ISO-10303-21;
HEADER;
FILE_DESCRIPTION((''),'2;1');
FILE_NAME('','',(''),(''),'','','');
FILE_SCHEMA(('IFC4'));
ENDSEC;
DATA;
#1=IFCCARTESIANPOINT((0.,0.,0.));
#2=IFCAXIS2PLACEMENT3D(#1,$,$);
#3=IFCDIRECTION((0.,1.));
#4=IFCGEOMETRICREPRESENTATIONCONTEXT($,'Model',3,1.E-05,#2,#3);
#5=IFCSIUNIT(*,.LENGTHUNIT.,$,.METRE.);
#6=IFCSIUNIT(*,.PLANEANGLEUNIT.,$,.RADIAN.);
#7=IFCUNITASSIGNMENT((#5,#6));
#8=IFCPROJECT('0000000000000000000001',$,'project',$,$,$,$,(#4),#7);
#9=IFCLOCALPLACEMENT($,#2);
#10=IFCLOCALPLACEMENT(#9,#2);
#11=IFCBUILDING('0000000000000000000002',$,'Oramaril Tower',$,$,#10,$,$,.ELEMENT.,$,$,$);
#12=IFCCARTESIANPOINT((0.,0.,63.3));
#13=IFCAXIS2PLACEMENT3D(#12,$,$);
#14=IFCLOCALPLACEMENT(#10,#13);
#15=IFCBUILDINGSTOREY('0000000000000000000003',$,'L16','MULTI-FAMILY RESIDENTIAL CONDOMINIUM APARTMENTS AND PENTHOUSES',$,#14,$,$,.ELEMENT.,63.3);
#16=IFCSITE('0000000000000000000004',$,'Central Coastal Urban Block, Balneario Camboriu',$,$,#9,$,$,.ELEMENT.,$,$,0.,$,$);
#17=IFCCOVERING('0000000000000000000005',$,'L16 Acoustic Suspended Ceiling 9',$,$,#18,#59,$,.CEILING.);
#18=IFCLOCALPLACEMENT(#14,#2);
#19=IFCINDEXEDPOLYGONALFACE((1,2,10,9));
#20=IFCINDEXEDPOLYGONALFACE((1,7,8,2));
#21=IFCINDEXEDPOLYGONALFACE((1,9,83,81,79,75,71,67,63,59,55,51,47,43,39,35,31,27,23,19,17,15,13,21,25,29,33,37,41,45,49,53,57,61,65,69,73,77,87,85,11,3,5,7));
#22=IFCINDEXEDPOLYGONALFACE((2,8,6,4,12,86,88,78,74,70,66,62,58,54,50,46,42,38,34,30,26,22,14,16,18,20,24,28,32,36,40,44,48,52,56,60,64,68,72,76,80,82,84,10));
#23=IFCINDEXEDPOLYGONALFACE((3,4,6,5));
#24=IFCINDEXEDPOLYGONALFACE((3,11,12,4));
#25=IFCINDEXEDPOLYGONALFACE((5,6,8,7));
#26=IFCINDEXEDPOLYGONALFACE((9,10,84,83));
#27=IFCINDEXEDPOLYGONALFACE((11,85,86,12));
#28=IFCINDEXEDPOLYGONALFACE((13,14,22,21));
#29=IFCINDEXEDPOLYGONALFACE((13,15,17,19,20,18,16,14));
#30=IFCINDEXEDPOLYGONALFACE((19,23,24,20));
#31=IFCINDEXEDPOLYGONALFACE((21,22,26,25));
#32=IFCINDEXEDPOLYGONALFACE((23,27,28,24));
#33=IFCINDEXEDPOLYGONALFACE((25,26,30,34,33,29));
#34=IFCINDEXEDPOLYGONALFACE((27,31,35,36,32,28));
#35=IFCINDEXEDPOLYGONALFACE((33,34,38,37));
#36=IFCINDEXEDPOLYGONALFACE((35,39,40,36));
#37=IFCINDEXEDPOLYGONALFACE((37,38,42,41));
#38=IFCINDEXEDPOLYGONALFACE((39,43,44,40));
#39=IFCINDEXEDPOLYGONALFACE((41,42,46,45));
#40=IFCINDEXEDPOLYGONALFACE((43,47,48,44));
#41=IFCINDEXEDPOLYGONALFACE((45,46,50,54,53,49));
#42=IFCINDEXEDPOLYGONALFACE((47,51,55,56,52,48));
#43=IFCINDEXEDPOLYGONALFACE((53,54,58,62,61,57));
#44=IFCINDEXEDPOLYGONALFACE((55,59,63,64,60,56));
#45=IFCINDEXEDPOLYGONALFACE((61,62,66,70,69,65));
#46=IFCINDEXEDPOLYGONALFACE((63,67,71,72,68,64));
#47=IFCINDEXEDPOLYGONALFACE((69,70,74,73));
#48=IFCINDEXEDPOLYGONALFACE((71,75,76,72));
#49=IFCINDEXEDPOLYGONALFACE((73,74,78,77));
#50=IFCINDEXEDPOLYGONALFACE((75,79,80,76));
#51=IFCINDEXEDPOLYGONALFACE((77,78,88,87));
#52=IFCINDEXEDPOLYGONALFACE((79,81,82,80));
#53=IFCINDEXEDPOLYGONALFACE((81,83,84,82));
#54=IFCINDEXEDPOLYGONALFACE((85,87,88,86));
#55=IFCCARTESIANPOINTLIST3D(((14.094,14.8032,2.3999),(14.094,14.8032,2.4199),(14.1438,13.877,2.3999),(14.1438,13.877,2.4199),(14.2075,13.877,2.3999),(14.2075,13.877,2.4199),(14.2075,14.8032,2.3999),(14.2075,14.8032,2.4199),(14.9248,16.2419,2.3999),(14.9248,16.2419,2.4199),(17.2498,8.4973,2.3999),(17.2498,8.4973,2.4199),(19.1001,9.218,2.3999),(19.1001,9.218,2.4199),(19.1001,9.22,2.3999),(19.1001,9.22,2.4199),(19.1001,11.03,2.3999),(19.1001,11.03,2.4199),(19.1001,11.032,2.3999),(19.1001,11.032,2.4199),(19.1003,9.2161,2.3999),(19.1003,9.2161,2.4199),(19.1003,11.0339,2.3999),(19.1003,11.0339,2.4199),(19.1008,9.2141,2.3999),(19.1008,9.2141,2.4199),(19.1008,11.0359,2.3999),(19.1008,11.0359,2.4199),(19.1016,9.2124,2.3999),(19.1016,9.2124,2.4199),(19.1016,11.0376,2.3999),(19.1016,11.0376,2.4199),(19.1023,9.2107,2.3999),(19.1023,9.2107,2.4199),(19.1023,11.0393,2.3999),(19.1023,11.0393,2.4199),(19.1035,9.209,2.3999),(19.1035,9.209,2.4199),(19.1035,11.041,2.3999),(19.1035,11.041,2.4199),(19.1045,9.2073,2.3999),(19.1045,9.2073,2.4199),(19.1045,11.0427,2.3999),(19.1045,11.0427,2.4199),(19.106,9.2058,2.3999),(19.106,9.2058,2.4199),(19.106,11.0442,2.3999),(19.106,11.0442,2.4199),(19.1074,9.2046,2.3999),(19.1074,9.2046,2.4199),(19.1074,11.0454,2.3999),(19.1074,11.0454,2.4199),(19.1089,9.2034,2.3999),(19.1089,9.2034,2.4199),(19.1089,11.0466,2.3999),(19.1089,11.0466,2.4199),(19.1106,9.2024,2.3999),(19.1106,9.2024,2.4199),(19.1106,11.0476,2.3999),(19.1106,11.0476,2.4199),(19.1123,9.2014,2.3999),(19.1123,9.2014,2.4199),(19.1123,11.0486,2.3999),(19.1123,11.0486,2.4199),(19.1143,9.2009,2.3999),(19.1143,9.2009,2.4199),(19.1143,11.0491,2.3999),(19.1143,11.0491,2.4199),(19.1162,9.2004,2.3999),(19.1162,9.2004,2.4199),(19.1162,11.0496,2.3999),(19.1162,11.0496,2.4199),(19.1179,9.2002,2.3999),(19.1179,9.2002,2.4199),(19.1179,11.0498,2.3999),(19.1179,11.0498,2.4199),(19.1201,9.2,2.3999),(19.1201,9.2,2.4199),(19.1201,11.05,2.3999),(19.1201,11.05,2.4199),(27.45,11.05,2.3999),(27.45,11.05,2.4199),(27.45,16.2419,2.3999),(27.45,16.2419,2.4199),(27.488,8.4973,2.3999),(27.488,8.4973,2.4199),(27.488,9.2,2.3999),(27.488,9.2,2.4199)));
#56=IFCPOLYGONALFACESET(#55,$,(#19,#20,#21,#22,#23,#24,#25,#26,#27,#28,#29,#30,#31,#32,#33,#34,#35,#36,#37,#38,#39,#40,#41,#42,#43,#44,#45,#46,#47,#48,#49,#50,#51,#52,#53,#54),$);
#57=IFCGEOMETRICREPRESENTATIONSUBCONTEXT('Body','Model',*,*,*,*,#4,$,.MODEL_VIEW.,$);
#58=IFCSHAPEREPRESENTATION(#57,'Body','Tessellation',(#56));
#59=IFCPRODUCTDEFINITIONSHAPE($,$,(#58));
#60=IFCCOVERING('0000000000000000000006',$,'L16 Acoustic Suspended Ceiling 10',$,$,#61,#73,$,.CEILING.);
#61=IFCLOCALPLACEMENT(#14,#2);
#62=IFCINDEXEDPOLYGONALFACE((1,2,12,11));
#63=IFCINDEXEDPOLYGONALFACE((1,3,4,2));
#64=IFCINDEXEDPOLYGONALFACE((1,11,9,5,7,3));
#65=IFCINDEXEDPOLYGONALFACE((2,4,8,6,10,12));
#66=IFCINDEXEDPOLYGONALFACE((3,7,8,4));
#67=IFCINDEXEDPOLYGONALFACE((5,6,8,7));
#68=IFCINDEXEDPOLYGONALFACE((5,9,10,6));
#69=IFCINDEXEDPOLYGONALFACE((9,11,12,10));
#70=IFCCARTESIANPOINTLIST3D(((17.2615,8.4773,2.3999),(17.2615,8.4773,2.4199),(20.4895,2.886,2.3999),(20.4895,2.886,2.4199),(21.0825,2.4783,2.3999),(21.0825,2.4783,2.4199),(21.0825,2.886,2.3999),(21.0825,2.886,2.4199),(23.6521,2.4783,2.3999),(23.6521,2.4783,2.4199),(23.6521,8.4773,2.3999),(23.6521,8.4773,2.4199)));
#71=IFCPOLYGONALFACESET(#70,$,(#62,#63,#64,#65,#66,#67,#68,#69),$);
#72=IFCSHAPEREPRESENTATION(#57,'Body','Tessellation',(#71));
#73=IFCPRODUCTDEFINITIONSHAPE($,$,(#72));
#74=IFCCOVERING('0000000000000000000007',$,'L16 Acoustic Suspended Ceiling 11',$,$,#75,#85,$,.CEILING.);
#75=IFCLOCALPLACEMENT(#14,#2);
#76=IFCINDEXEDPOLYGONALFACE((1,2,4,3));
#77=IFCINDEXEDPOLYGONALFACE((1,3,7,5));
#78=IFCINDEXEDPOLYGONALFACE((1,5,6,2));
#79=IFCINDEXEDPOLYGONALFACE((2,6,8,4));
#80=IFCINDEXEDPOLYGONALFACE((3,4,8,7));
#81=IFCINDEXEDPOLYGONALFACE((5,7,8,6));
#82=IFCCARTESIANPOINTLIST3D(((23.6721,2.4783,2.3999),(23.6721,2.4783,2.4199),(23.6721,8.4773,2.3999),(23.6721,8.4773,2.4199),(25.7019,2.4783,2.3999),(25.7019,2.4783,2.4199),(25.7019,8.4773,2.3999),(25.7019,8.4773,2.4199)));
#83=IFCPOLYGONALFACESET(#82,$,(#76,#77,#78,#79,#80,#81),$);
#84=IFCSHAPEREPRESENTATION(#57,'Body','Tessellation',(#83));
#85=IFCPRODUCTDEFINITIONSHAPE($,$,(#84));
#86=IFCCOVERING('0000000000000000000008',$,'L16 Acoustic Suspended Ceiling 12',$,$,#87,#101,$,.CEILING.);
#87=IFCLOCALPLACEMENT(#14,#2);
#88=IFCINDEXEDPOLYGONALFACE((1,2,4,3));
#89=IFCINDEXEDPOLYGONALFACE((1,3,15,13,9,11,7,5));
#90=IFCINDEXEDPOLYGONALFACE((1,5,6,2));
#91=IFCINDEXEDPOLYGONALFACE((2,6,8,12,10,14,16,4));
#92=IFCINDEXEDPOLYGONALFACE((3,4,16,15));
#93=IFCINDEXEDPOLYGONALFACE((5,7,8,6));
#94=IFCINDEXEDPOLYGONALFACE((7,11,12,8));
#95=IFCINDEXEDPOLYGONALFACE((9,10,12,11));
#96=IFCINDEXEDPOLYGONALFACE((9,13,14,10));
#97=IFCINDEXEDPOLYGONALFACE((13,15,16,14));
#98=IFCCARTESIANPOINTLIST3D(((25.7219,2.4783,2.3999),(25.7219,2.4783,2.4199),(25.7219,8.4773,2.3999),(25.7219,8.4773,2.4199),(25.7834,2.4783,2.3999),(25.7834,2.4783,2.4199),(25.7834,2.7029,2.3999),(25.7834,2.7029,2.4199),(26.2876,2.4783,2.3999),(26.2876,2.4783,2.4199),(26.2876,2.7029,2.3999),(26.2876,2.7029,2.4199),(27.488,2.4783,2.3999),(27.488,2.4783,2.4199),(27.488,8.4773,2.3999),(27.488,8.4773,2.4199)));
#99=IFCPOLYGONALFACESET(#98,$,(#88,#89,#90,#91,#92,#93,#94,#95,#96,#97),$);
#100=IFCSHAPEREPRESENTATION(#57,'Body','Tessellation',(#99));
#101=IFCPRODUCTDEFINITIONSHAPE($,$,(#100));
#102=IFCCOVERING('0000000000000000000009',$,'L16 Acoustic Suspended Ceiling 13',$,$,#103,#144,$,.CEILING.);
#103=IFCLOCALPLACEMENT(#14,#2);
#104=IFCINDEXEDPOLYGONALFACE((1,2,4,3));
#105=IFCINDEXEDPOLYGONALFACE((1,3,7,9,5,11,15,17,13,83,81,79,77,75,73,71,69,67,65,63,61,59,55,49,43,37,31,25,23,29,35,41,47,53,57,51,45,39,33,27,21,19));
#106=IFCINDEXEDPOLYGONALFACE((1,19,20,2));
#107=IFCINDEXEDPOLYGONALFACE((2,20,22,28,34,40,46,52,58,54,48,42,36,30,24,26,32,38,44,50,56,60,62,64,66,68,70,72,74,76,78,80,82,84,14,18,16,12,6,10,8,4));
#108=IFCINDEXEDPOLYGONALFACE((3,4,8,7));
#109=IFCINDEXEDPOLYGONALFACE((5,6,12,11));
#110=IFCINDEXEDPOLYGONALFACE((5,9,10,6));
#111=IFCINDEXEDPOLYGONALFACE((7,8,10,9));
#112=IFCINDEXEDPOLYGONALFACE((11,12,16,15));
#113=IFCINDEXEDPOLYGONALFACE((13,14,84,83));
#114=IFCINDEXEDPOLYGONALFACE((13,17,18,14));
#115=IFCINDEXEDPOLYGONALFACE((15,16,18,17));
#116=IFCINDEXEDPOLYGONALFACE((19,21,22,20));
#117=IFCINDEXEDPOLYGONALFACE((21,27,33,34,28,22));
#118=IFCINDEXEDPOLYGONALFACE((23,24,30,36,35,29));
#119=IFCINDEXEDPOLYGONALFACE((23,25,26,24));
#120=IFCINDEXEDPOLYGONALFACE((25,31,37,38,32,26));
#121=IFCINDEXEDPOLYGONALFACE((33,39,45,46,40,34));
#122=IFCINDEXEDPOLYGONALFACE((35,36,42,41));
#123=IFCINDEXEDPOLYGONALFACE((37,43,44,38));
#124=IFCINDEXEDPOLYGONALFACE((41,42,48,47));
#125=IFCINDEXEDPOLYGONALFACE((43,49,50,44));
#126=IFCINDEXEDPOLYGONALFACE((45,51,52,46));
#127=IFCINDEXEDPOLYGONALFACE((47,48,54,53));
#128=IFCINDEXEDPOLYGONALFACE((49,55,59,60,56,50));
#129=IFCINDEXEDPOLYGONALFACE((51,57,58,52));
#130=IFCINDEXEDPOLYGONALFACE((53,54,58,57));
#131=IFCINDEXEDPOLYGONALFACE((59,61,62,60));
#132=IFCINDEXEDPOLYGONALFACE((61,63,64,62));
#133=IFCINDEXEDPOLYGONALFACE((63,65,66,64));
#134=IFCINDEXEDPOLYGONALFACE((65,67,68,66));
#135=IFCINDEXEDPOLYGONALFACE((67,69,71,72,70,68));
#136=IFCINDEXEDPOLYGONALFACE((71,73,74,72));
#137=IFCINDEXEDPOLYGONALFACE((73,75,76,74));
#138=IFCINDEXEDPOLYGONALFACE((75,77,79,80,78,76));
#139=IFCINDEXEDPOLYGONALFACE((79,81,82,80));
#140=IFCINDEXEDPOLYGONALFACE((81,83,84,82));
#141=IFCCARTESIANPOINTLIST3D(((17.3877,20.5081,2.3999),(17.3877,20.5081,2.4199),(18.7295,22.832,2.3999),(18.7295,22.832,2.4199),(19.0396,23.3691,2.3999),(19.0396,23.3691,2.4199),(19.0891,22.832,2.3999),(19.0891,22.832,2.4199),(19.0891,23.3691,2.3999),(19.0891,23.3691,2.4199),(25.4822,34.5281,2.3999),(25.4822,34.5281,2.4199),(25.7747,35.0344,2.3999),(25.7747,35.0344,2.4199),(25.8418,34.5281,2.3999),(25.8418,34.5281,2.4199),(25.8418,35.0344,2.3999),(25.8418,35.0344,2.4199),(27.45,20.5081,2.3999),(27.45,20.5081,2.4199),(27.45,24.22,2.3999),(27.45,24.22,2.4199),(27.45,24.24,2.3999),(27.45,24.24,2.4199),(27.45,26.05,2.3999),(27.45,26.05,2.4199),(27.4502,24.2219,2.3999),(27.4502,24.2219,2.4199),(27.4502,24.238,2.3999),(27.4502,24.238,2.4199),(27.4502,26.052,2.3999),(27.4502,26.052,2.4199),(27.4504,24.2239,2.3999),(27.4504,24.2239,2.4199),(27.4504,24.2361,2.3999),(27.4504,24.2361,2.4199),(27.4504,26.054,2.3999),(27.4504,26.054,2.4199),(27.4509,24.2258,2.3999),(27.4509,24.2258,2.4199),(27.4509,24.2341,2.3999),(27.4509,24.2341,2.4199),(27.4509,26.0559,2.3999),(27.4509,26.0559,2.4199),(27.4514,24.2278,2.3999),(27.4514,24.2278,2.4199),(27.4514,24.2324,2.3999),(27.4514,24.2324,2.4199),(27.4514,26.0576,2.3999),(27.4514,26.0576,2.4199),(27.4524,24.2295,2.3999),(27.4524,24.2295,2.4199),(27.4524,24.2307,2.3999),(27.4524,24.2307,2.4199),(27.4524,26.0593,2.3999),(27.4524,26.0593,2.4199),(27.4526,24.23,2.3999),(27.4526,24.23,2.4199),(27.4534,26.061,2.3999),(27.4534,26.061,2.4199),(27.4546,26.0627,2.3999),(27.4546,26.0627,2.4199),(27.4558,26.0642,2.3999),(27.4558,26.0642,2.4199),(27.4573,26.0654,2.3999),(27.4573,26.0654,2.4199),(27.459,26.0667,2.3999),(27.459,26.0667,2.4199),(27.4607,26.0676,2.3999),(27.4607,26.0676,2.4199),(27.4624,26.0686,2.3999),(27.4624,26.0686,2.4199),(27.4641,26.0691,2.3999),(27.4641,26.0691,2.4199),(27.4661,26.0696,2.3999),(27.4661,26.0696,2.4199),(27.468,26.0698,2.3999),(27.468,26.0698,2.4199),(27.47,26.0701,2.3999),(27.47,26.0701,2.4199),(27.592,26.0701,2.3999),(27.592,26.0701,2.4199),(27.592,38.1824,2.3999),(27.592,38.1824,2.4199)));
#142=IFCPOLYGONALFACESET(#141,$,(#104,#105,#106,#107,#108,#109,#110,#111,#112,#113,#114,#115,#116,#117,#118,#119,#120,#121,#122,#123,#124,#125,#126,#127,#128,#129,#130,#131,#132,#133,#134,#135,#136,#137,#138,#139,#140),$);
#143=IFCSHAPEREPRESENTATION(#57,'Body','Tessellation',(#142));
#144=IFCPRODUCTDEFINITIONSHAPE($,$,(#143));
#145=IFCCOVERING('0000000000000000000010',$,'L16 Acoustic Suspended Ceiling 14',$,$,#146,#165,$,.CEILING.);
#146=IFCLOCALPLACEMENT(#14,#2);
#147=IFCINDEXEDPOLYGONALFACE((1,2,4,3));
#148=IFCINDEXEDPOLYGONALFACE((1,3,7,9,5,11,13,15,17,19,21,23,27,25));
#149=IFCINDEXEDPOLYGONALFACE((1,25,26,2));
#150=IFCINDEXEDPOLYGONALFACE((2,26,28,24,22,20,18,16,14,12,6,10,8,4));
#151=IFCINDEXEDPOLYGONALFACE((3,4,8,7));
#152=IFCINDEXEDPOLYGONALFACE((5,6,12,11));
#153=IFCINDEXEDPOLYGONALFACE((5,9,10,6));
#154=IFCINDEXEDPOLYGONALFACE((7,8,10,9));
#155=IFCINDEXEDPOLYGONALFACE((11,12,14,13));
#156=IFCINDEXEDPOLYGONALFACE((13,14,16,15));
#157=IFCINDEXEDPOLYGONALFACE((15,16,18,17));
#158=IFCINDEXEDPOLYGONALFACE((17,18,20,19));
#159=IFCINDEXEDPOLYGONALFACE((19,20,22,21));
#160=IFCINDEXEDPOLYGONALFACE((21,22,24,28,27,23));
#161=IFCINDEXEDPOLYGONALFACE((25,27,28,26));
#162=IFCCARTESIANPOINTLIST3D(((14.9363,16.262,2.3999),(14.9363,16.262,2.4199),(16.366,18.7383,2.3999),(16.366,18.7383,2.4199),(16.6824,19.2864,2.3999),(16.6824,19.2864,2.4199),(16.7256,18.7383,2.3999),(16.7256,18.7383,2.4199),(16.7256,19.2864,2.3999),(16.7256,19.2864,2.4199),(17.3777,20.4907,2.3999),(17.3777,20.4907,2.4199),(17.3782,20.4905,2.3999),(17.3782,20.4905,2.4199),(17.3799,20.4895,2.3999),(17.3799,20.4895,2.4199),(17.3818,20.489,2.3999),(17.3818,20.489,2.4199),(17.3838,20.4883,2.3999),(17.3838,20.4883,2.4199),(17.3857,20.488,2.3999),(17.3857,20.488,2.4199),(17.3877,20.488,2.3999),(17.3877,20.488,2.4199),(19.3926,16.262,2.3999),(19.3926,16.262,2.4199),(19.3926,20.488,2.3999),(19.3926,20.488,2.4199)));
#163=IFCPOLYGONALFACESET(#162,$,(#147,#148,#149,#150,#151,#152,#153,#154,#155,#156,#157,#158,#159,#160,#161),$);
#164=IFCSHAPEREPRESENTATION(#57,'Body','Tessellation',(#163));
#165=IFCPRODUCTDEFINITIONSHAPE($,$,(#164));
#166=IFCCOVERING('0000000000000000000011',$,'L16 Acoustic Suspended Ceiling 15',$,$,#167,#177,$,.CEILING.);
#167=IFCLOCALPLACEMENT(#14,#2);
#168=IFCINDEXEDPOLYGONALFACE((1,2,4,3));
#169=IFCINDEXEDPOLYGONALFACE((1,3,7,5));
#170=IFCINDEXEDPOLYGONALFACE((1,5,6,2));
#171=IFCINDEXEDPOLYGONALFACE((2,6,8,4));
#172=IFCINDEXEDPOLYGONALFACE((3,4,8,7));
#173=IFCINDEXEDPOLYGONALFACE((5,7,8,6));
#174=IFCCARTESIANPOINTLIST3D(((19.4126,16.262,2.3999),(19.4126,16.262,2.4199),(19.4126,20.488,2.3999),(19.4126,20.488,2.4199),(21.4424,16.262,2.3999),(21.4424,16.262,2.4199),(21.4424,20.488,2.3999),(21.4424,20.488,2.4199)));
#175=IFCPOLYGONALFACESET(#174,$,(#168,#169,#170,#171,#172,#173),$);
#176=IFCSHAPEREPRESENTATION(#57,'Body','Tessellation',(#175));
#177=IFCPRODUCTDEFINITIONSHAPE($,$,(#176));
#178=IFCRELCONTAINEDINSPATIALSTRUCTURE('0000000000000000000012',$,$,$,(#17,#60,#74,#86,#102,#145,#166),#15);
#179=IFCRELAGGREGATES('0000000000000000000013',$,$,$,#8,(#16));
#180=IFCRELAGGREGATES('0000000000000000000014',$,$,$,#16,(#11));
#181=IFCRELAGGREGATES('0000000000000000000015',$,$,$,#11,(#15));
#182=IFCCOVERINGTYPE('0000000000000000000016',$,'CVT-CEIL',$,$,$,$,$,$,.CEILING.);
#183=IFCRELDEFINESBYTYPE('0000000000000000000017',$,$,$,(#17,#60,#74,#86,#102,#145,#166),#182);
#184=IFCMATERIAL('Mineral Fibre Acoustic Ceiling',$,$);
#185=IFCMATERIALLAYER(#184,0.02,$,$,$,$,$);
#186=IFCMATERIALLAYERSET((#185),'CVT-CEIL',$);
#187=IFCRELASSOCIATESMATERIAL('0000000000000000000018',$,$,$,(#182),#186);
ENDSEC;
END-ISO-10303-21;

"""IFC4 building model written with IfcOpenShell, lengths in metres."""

from ifc_helpers import new_model, si_unit, direction, frame, origin, place, context, subcontext, project, spatial, polyline, outline, extrude, material, layer, layer_set, type_object, element, save


model = new_model("IFC4")

# Units and contexts
model_context = context("Model", 3, precision=1e-05, world=origin(), true_north=direction((0.0, 1.0)))
body_context = subcontext(model_context, "Body", "Model", "MODEL_VIEW")
ifc_project = project(units=[si_unit("LENGTHUNIT", "METRE"), si_unit("PLANEANGLEUNIT", "RADIAN")], contexts=[model_context])

# Site, building, storey
site_placement = place(None, origin())
site = spatial("IfcSite", under=ifc_project, at=site_placement, Name="Central Coastal Urban Block, Balneario Camboriu", CompositionType="ELEMENT", RefElevation=0.0)
building_placement = place(site_placement, origin())
building = spatial("IfcBuilding", under=site, at=building_placement, Name="Oramaril Tower", CompositionType="ELEMENT")
storey_placement = place(building_placement, frame((0.0, 0.0, 63.3)))
storey = spatial("IfcBuildingStorey", under=building, at=storey_placement, Name="L16", Description="MULTI-FAMILY RESIDENTIAL CONDOMINIUM APARTMENTS AND PENTHOUSES", CompositionType="ELEMENT", Elevation=63.3)

# Coverings
ifc_material_1 = material(Name="Mineral Fibre Acoustic Ceiling")
ifc_layer_1 = layer(ifc_material_1, 0.02)
ifc_layer_set_1 = layer_set([ifc_layer_1], Name="CVT-CEIL")
covering_type_1 = type_object("IfcCoveringType", Name="CVT-CEIL", PredefinedType="CEILING", material=ifc_layer_set_1)
covering_1_placement = place(storey_placement, frame((0.0, 0.0, 2.3999)))
element("IfcCovering", 1, at=covering_1_placement, inside=storey, type_object=covering_type_1, Name="L16 Acoustic Suspended Ceiling 9", PredefinedType="CEILING", context=body_context, shape_type="SweptSolid", body=[
    extrude(outline(polyline([(27.45, 16.2419), (27.45, 11.05), (19.1201, 11.05), (19.1179, 11.0498), (19.1162, 11.0496), (19.1143, 11.0491), (19.1123, 11.0486), (19.1106, 11.0476), (19.1089, 11.0466), (19.1074, 11.0454), (19.106, 11.0442), (19.1045, 11.0427), (19.1035, 11.041), (19.1023, 11.0393), (19.1016, 11.0376), (19.1008, 11.0359), (19.1003, 11.0339), (19.1001, 11.032), (19.1001, 11.03), (19.1001, 9.22), (19.1001, 9.218), (19.1003, 9.2161), (19.1008, 9.2141), (19.1016, 9.2124), (19.1023, 9.2107), (19.1035, 9.209), (19.1045, 9.2073), (19.106, 9.2058), (19.1074, 9.2046), (19.1089, 9.2034), (19.1106, 9.2024), (19.1123, 9.2014), (19.1143, 9.2009), (19.1162, 9.2004), (19.1179, 9.2002), (19.1201, 9.2), (27.488, 9.2), (27.488, 8.4973), (17.2498, 8.4973), (14.1438, 13.877), (14.2075, 13.877), (14.2075, 14.8032), (14.094, 14.8032), (14.9248, 16.2419), (27.45, 16.2419)])), origin(), (0.0, 0.0, 1.0), 0.02),
])
covering_2_placement = place(storey_placement, frame((0.0, 0.0, 2.3999)))
element("IfcCovering", 2, at=covering_2_placement, inside=storey, type_object=covering_type_1, Name="L16 Acoustic Suspended Ceiling 10", PredefinedType="CEILING", context=body_context, shape_type="SweptSolid", body=[
    extrude(outline(polyline([(21.0825, 2.4783), (21.0825, 2.886), (20.4895, 2.886), (17.2615, 8.4773), (23.6521, 8.4773), (23.6521, 2.4783), (21.0825, 2.4783)])), origin(), (0.0, 0.0, 1.0), 0.02),
])
covering_3_placement = place(storey_placement, frame((0.0, 0.0, 2.3999)))
element("IfcCovering", 3, at=covering_3_placement, inside=storey, type_object=covering_type_1, Name="L16 Acoustic Suspended Ceiling 11", PredefinedType="CEILING", context=body_context, shape_type="SweptSolid", body=[
    extrude(outline(polyline([(23.6721, 2.4783), (23.6721, 8.4773), (25.7019, 8.4773), (25.7019, 2.4783), (23.6721, 2.4783)])), origin(), (0.0, 0.0, 1.0), 0.02),
])
covering_4_placement = place(storey_placement, frame((0.0, 0.0, 2.3999)))
element("IfcCovering", 4, at=covering_4_placement, inside=storey, type_object=covering_type_1, Name="L16 Acoustic Suspended Ceiling 12", PredefinedType="CEILING", context=body_context, shape_type="SweptSolid", body=[
    extrude(outline(polyline([(26.2876, 2.4783), (26.2876, 2.7029), (25.7834, 2.7029), (25.7834, 2.4783), (25.7219, 2.4783), (25.7219, 8.4773), (27.488, 8.4773), (27.488, 2.4783), (26.2876, 2.4783)])), origin(), (0.0, 0.0, 1.0), 0.02),
])
covering_5_placement = place(storey_placement, frame((0.0, 0.0, 2.3999)))
element("IfcCovering", 5, at=covering_5_placement, inside=storey, type_object=covering_type_1, Name="L16 Acoustic Suspended Ceiling 13", PredefinedType="CEILING", context=body_context, shape_type="SweptSolid", body=[
    extrude(outline(polyline([(18.7295, 22.832), (19.0891, 22.832), (19.0891, 23.3691), (19.0396, 23.3691), (25.4822, 34.5281), (25.8418, 34.5281), (25.8418, 35.0344), (25.7747, 35.0344), (27.592, 38.1824), (27.592, 26.0701), (27.47, 26.0701), (27.468, 26.0698), (27.4661, 26.0696), (27.4641, 26.0691), (27.4624, 26.0686), (27.4607, 26.0676), (27.459, 26.0667), (27.4573, 26.0654), (27.4558, 26.0642), (27.4546, 26.0627), (27.4534, 26.061), (27.4524, 26.0593), (27.4514, 26.0576), (27.4509, 26.0559), (27.4504, 26.054), (27.4502, 26.052), (27.45, 26.05), (27.45, 24.24), (27.4502, 24.238), (27.4504, 24.2361), (27.4509, 24.2341), (27.4514, 24.2324), (27.4524, 24.2307), (27.4526, 24.23), (27.4524, 24.2295), (27.4514, 24.2278), (27.4509, 24.2258), (27.4504, 24.2239), (27.4502, 24.2219), (27.45, 24.22), (27.45, 20.5081), (17.3877, 20.5081), (18.7295, 22.832)])), origin(), (0.0, 0.0, 1.0), 0.02),
])
covering_6_placement = place(storey_placement, frame((0.0, 0.0, 2.3999)))
element("IfcCovering", 6, at=covering_6_placement, inside=storey, type_object=covering_type_1, Name="L16 Acoustic Suspended Ceiling 14", PredefinedType="CEILING", context=body_context, shape_type="SweptSolid", body=[
    extrude(outline(polyline([(16.7256, 18.7383), (16.7256, 19.2864), (16.6824, 19.2864), (17.3777, 20.4907), (17.3782, 20.4905), (17.3799, 20.4895), (17.3818, 20.489), (17.3838, 20.4883), (17.3857, 20.488), (17.3877, 20.488), (19.3926, 20.488), (19.3926, 16.262), (14.9363, 16.262), (16.366, 18.7383), (16.7256, 18.7383)])), origin(), (0.0, 0.0, 1.0), 0.02),
])
covering_7_placement = place(storey_placement, frame((0.0, 0.0, 2.3999)))
element("IfcCovering", 7, at=covering_7_placement, inside=storey, type_object=covering_type_1, Name="L16 Acoustic Suspended Ceiling 15", PredefinedType="CEILING", context=body_context, shape_type="SweptSolid", body=[
    extrude(outline(polyline([(21.4424, 16.262), (19.4126, 16.262), (19.4126, 20.488), (21.4424, 20.488), (21.4424, 16.262)])), origin(), (0.0, 0.0, 1.0), 0.02),
])

save(model, "model.ifc")
